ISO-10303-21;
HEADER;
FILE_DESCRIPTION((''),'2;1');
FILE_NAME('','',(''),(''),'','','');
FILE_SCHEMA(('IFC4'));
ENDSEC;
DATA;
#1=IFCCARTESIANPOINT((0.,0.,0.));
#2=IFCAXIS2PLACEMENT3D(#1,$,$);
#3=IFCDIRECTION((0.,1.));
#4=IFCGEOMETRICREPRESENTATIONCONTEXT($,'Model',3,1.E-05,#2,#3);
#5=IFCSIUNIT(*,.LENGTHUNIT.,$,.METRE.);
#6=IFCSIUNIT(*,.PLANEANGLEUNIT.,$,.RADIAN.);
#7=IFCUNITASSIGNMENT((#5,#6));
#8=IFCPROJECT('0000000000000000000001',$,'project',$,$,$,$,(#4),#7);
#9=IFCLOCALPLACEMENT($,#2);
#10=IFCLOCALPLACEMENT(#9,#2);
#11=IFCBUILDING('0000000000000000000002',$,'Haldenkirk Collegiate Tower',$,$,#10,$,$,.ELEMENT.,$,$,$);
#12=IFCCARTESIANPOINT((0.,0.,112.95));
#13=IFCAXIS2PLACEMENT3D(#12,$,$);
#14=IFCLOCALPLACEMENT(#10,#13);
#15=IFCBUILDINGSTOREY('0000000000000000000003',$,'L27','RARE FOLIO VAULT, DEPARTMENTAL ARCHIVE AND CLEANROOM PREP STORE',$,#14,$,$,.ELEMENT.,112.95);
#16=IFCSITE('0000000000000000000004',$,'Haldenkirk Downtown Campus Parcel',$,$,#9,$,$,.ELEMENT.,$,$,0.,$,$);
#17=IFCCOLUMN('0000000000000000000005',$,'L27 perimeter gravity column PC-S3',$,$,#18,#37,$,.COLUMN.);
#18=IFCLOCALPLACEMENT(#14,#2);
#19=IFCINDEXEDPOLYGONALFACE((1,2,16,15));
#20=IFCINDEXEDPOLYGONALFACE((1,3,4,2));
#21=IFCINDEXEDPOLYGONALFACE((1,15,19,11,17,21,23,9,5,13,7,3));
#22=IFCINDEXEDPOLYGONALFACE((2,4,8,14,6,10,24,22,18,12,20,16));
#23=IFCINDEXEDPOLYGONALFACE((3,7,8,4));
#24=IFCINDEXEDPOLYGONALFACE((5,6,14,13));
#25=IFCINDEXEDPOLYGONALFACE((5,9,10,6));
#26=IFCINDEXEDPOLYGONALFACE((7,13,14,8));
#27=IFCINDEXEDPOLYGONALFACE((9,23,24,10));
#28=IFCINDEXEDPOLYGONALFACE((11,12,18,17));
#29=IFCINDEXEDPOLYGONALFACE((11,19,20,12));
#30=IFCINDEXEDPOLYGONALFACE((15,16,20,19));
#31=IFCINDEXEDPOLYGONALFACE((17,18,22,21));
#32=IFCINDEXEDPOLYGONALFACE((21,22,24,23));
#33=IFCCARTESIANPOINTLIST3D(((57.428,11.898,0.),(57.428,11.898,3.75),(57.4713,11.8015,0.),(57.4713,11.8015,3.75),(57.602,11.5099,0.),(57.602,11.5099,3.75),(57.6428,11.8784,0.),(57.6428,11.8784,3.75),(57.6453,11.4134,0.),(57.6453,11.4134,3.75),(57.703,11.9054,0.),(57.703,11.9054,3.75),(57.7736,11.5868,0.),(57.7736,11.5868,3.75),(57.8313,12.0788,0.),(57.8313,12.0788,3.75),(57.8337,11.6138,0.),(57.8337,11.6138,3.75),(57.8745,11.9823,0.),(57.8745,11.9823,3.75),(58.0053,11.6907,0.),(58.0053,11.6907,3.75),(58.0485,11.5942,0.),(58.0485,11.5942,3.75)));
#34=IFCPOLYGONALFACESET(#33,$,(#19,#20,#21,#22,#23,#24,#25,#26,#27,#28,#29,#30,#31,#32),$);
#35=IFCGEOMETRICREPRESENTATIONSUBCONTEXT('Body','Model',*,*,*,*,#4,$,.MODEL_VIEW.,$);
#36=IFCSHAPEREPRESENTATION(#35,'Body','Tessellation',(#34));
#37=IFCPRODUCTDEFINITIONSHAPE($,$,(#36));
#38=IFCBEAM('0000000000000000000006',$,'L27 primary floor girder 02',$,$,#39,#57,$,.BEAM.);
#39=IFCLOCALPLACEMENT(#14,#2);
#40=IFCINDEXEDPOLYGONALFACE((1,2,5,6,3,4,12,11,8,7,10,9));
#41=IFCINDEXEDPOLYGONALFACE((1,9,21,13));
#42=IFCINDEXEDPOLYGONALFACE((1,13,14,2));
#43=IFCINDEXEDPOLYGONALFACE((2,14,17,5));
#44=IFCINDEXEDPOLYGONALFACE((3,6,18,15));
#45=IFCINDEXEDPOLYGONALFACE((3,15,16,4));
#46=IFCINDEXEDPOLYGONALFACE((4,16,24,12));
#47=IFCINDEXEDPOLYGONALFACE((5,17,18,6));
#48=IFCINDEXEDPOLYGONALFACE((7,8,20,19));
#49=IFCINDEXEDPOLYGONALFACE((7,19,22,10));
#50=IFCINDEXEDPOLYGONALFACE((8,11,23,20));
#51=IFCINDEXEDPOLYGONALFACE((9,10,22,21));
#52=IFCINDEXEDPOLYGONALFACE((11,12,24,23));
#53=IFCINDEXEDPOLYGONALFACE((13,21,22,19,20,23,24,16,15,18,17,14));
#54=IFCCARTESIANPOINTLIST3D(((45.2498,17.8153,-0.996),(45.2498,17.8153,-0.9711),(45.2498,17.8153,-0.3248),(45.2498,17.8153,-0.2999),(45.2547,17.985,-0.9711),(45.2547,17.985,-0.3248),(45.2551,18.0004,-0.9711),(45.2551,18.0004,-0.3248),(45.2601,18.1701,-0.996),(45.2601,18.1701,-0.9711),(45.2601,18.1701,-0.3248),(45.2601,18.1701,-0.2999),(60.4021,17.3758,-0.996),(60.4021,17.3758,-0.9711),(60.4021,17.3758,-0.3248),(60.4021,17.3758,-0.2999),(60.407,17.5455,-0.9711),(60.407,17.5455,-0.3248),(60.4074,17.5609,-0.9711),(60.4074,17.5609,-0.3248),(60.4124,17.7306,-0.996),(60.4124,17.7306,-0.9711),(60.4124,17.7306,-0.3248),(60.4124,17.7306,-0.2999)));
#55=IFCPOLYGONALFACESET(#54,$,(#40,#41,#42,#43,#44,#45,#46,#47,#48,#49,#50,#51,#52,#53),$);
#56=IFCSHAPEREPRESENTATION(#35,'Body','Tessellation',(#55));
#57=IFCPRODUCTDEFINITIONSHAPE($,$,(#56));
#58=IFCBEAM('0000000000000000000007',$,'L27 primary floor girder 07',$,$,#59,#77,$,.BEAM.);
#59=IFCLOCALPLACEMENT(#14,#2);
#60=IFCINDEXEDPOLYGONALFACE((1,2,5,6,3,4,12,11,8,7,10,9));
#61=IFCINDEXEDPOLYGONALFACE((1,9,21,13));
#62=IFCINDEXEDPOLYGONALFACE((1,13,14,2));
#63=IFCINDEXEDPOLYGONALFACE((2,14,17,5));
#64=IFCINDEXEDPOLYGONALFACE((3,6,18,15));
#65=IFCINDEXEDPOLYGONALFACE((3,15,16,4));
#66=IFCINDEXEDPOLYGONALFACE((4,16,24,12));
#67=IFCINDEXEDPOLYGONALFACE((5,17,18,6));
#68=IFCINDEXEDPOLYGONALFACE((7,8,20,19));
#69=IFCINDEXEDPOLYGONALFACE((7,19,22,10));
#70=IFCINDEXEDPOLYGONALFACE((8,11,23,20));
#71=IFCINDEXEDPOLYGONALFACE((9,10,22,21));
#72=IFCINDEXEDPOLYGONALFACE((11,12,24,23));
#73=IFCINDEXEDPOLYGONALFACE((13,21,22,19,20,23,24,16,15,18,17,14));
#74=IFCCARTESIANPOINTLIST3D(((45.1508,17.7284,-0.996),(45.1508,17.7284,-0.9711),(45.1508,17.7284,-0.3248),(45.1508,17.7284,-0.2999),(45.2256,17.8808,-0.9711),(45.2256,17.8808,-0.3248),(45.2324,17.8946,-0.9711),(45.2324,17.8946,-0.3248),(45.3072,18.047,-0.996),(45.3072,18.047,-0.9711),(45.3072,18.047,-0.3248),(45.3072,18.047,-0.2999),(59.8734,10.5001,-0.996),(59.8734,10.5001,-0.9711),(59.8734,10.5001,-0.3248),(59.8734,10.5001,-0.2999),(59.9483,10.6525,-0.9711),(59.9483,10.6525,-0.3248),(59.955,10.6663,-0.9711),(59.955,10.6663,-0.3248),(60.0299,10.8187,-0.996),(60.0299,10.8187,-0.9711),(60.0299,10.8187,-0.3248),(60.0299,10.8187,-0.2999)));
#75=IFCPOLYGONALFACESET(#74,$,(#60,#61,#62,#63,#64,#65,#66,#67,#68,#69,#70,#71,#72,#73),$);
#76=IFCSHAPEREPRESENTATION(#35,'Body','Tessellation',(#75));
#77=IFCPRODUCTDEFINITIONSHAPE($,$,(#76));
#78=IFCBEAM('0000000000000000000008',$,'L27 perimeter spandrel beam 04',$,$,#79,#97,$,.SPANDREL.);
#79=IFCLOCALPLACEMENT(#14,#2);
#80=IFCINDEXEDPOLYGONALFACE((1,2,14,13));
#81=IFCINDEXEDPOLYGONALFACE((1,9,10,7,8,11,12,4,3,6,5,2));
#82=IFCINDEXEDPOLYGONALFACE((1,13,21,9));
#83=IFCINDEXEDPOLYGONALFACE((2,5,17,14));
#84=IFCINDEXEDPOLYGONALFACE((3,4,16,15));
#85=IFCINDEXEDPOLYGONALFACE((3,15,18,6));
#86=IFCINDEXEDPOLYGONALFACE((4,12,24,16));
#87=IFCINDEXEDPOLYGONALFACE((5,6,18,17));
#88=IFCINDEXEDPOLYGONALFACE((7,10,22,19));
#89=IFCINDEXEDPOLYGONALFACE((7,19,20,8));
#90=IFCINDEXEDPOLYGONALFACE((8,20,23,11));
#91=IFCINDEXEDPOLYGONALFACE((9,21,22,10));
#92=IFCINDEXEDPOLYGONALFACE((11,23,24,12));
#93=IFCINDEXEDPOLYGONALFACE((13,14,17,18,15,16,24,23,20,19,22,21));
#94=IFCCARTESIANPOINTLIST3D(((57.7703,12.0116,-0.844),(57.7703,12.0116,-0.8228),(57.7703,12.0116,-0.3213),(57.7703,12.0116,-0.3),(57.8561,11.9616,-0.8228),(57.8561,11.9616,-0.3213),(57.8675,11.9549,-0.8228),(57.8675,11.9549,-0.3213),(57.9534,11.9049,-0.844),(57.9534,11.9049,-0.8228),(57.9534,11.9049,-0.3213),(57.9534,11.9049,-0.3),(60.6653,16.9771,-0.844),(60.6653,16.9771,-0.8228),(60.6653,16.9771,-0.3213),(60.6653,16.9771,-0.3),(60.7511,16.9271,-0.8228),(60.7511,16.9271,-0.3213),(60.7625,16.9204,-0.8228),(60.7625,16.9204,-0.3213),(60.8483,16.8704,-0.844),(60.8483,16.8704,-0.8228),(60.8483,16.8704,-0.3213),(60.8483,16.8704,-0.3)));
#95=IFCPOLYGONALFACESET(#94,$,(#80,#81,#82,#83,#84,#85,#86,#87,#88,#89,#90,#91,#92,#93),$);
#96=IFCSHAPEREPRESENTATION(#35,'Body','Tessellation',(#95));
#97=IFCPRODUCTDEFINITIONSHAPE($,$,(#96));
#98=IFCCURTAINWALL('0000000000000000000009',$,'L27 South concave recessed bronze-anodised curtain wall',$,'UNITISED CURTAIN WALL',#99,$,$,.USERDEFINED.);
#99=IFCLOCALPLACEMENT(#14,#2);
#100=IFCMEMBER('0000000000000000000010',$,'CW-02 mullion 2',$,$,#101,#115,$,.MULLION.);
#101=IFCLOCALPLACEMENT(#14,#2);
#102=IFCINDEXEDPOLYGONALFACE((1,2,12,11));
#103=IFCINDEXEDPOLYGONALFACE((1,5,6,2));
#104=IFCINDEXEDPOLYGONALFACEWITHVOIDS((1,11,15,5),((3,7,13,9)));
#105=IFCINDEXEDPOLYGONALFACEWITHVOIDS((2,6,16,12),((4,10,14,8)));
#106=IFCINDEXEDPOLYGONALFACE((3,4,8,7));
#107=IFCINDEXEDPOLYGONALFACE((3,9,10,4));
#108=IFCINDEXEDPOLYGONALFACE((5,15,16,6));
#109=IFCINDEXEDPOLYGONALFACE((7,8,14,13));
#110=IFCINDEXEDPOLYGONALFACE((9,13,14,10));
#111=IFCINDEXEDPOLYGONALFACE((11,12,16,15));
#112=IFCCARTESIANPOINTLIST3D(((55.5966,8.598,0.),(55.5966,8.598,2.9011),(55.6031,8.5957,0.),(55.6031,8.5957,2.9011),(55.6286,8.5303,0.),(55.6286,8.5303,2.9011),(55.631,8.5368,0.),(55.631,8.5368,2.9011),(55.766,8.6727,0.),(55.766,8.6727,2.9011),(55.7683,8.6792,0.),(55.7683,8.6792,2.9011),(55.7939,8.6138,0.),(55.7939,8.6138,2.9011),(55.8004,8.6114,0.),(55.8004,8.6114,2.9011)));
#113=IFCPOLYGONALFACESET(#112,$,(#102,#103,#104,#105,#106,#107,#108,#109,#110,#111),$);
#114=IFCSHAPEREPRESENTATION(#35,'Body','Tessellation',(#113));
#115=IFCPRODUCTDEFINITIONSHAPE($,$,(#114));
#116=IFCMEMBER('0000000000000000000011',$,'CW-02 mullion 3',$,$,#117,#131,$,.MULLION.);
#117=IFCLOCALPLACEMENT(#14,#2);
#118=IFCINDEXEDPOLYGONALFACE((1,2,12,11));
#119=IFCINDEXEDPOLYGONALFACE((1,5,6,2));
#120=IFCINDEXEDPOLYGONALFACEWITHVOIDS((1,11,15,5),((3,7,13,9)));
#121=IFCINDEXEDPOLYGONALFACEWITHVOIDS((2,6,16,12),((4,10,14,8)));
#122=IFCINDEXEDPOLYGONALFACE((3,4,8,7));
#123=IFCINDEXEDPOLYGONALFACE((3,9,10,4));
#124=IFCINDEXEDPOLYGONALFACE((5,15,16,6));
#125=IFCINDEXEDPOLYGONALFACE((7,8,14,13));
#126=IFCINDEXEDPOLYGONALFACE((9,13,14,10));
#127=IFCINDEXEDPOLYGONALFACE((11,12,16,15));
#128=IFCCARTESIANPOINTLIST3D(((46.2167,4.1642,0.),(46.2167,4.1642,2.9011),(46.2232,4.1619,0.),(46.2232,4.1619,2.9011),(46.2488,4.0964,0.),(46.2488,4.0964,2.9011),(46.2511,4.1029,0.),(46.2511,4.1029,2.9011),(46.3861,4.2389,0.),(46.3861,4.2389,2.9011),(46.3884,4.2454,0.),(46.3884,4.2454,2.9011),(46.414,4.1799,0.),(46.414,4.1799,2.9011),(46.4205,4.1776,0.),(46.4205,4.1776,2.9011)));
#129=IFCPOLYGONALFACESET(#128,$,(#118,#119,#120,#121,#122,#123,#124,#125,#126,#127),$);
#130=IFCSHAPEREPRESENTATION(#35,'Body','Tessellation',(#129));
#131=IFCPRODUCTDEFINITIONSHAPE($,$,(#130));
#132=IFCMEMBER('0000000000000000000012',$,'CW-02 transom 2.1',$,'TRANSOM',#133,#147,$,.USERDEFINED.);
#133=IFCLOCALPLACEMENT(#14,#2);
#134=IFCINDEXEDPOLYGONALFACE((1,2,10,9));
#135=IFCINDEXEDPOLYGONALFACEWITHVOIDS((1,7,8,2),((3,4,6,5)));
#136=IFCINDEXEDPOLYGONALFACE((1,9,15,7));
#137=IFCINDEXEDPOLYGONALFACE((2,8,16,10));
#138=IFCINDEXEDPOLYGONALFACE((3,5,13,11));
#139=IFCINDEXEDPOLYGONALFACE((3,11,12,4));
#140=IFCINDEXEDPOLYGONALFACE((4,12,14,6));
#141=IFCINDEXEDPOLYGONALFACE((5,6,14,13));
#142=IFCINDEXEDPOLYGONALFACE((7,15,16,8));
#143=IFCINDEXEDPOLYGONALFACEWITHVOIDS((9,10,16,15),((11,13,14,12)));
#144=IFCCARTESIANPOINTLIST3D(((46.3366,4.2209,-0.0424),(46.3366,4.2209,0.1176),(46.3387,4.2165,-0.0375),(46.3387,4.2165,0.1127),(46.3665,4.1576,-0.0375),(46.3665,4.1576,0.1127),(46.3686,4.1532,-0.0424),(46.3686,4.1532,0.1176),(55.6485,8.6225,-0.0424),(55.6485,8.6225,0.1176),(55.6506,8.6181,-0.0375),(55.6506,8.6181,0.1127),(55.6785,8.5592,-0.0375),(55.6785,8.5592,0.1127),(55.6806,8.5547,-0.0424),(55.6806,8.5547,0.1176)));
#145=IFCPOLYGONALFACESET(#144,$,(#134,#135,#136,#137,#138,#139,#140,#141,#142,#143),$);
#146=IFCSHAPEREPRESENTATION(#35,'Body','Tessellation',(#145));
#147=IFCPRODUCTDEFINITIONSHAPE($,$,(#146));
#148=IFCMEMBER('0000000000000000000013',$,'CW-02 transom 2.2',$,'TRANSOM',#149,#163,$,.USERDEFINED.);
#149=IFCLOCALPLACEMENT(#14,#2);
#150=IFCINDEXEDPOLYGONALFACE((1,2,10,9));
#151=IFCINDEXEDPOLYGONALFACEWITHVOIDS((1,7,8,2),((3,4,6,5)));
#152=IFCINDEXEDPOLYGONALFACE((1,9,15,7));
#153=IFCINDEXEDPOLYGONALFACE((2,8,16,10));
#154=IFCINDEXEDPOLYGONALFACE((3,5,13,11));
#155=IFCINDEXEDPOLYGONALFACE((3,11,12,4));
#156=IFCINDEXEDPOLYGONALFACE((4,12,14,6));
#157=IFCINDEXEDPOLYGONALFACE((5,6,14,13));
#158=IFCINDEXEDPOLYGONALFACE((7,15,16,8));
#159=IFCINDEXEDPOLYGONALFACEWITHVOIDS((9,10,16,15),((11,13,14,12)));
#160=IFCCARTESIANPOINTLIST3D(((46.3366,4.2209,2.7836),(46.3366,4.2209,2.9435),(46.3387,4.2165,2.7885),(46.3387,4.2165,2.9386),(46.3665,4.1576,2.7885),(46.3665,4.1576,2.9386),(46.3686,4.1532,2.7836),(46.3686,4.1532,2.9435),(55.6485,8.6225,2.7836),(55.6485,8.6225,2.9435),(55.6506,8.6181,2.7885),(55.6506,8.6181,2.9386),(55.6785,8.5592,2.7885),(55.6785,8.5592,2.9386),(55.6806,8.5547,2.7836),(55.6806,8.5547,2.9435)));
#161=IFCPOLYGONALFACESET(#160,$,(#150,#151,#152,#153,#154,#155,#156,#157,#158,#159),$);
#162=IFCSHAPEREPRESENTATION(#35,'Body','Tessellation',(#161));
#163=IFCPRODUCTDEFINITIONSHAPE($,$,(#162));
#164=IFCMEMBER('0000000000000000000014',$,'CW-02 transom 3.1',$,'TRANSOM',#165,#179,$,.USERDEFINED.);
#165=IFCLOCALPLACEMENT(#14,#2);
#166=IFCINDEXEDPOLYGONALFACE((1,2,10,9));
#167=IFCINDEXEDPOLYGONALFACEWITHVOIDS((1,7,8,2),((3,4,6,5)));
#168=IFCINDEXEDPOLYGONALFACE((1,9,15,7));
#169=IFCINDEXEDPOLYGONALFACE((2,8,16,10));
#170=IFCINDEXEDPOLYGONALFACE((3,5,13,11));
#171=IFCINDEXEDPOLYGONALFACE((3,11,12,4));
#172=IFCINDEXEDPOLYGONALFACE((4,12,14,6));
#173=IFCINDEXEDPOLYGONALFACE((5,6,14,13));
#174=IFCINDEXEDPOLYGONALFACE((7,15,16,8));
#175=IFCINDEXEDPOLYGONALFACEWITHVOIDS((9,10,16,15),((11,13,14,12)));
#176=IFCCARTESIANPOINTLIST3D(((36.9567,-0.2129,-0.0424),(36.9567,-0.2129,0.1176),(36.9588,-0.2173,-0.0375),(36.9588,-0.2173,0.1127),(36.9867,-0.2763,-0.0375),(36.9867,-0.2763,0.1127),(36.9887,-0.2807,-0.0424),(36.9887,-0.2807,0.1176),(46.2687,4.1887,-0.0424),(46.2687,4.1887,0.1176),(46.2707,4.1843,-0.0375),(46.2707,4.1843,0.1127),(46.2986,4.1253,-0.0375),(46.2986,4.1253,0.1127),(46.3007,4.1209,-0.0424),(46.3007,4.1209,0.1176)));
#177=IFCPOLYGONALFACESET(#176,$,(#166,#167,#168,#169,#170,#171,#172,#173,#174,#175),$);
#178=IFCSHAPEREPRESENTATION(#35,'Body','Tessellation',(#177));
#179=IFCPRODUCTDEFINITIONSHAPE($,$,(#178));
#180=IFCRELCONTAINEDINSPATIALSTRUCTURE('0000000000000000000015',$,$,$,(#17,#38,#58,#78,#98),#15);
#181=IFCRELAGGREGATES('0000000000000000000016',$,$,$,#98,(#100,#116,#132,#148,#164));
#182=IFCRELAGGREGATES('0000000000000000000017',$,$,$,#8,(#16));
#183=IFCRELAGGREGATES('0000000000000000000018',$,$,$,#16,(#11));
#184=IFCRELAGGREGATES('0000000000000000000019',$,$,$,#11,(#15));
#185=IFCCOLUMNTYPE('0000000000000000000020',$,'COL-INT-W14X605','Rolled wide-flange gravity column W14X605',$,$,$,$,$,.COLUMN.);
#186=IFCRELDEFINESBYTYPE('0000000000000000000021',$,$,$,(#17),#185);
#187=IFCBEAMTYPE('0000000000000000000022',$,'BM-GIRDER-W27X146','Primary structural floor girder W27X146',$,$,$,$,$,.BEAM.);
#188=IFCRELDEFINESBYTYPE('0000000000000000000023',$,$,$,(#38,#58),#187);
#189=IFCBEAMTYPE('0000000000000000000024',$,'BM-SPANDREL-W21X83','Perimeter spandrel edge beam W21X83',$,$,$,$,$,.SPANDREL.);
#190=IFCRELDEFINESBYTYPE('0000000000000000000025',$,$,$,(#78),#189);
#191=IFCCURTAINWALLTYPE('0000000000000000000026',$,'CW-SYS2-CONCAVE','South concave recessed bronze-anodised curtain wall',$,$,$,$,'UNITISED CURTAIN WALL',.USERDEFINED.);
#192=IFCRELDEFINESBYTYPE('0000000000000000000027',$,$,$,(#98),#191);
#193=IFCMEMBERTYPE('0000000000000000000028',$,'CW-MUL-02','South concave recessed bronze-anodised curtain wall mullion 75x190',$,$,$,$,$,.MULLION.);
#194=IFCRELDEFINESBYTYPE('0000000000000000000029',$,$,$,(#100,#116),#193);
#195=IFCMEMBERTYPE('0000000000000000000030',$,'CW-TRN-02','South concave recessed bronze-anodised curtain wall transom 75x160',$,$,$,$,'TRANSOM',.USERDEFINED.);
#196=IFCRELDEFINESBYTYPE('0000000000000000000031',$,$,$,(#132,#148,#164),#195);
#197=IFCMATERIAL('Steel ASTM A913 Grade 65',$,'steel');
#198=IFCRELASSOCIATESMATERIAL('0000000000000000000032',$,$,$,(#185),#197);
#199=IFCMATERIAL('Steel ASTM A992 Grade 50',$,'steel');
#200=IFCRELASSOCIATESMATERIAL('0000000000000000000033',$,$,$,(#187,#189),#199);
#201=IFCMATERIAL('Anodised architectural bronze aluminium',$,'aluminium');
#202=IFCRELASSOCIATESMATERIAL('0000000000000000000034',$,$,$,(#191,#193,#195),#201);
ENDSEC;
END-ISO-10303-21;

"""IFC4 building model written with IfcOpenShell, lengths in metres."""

from ifc_helpers import new_model, si_unit, direction, frame, origin, origin_2d, place, context, subcontext, project, spatial, hollow_rectangle, i_section, extrude, material, material_profile, profile_set, type_object, element, aggregate, save


model = new_model("IFC4")

# Units and contexts
model_context = context("Model", 3, precision=1e-05, world=origin(), true_north=direction((0.0, 1.0)))
body_context = subcontext(model_context, "Body", "Model", "MODEL_VIEW")
ifc_project = project(units=[si_unit("LENGTHUNIT", "METRE"), si_unit("PLANEANGLEUNIT", "RADIAN")], contexts=[model_context])

# Site, building, storey
site_placement = place(None, origin())
site = spatial("IfcSite", under=ifc_project, at=site_placement, Name="Haldenkirk Downtown Campus Parcel", CompositionType="ELEMENT", RefElevation=0.0)
building_placement = place(site_placement, origin())
building = spatial("IfcBuilding", under=site, at=building_placement, Name="Haldenkirk Collegiate Tower", CompositionType="ELEMENT")
storey_placement = place(building_placement, frame((0.0, 0.0, 112.95)))
storey = spatial("IfcBuildingStorey", under=building, at=storey_placement, Name="L27", Description="RARE FOLIO VAULT, DEPARTMENTAL ARCHIVE AND CLEANROOM PREP STORE", CompositionType="ELEMENT", Elevation=112.95)

# Column
ifc_material_1 = material(Name="Steel ASTM A913 Grade 65", Category="steel")
ifc_material_profile_1 = material_profile(ifc_material_1, i_section(OverallWidth=0.4419, OverallDepth=0.531, WebThickness=0.0659, FlangeThickness=0.1057, at=origin_2d()), Name="W14X605")
ifc_profile_set_1 = profile_set([ifc_material_profile_1], Name="Steel ASTM A913 Grade 65")
column_type = type_object("IfcColumnType", Name="COL-INT-W14X605", Description="Rolled wide-flange gravity column W14X605", PredefinedType="COLUMN", material=ifc_profile_set_1)
column_placement = place(storey_placement, frame((57.7383, 11.7461, 0.0), z_axis=(0.0, 0.0, 1.0), x_axis=(0.912477, 0.409127, 0.0)))
element("IfcColumn", 1, at=column_placement, inside=storey, type_object=column_type, Name="L27 perimeter gravity column PC-S3", PredefinedType="COLUMN", context=body_context, shape_type="SweptSolid", body=[
    extrude(i_section(OverallWidth=0.4419, OverallDepth=0.531, WebThickness=0.0659, FlangeThickness=0.1057, at=origin_2d()), origin(), (0.0, 0.0, 1.0), 3.75),
])

# Beams
ifc_material_2 = material(Name="Steel ASTM A992 Grade 50", Category="steel")
ifc_material_profile_2 = material_profile(ifc_material_2, i_section(OverallWidth=0.355, OverallDepth=0.696, WebThickness=0.0154, FlangeThickness=0.0249, at=origin_2d()), Name="W27X146")
ifc_profile_set_2 = profile_set([ifc_material_profile_2], Name="Steel ASTM A992 Grade 50")
beam_type_1 = type_object("IfcBeamType", Name="BM-GIRDER-W27X146", Description="Primary structural floor girder W27X146", PredefinedType="BEAM", material=ifc_profile_set_2)
beam_1_placement = place(storey_placement, frame((60.4072, 17.5532, -0.6479), z_axis=(-0.99958, 0.02899, 0.0), x_axis=(-0.02899, -0.99958, 0.0)))
element("IfcBeam", 2, at=beam_1_placement, inside=storey, type_object=beam_type_1, Name="L27 primary floor girder 02", PredefinedType="BEAM", context=body_context, shape_type="SweptSolid", body=[
    extrude(i_section(OverallWidth=0.355, OverallDepth=0.696, WebThickness=0.0154, FlangeThickness=0.0249, at=origin_2d()), origin(), (0.0, 0.0, 1.0), 15.1587),
])
beam_2_placement = place(storey_placement, frame((59.9517, 10.6594, -0.6479), z_axis=(-0.897649, 0.440712, 0.0), x_axis=(-0.440712, -0.897649, 0.0)))
element("IfcBeam", 3, at=beam_2_placement, inside=storey, type_object=beam_type_1, Name="L27 primary floor girder 07", PredefinedType="BEAM", context=body_context, shape_type="SweptSolid", body=[
    extrude(i_section(OverallWidth=0.355, OverallDepth=0.696, WebThickness=0.0154, FlangeThickness=0.0249, at=origin_2d()), origin(), (0.0, 0.0, 1.0), 16.4014),
])
ifc_material_profile_3 = material_profile(ifc_material_2, i_section(OverallWidth=0.2119, OverallDepth=0.5439, WebThickness=0.0132, FlangeThickness=0.0212, at=origin_2d()), Name="W21X83")
ifc_profile_set_3 = profile_set([ifc_material_profile_3], Name="Steel ASTM A992 Grade 50")
beam_type_2 = type_object("IfcBeamType", Name="BM-SPANDREL-W21X83", Description="Perimeter spandrel edge beam W21X83", PredefinedType="SPANDREL", material=ifc_profile_set_3)
beam_3_placement = place(storey_placement, frame((57.8618, 11.9583, -0.572), z_axis=(0.503668, 0.863897, 0.0), x_axis=(-0.863897, 0.503668, 0.0)))
element("IfcBeam", 4, at=beam_3_placement, inside=storey, type_object=beam_type_2, Name="L27 perimeter spandrel beam 04", PredefinedType="SPANDREL", context=body_context, shape_type="SweptSolid", body=[
    extrude(i_section(OverallWidth=0.2119, OverallDepth=0.5439, WebThickness=0.0132, FlangeThickness=0.0212, at=origin_2d()), origin(), (0.0, 0.0, 1.0), 5.7478),
])

# Curtain wall, members
ifc_material_3 = material(Name="Anodised architectural bronze aluminium", Category="aluminium")
curtain_wall_type = type_object("IfcCurtainWallType", Name="CW-SYS2-CONCAVE", Description="South concave recessed bronze-anodised curtain wall", ElementType="UNITISED CURTAIN WALL", PredefinedType="USERDEFINED", material=ifc_material_3)
curtain_wall_placement = place(storey_placement, origin())
curtain_wall = element("IfcCurtainWall", 5, at=curtain_wall_placement, inside=storey, type_object=curtain_wall_type, Name="L27 South concave recessed bronze-anodised curtain wall", ObjectType="UNITISED CURTAIN WALL", PredefinedType="USERDEFINED")
ifc_material_profile_4 = material_profile(ifc_material_3, hollow_rectangle(XDim=0.075, YDim=0.1899, WallThickness=0.0049, at=origin_2d()), Name="CW-MUL-02")
ifc_profile_set_4 = profile_set([ifc_material_profile_4], Name="Anodised architectural bronze aluminium")
member_type_1 = type_object("IfcMemberType", Name="CW-MUL-02", Description="South concave recessed bronze-anodised curtain wall mullion 75x190", PredefinedType="MULLION", material=ifc_profile_set_4)
member_1_placement = place(storey_placement, frame((55.6985, 8.6047, 0.0), z_axis=(0.0, 0.0, 1.0), x_axis=(0.427359, -0.904082, 0.0)))
member_1 = element("IfcMember", 6, at=member_1_placement, type_object=member_type_1, Name="CW-02 mullion 2", PredefinedType="MULLION", context=body_context, shape_type="SweptSolid", body=[
    extrude(hollow_rectangle(XDim=0.075, YDim=0.1899, WallThickness=0.0049, at=origin_2d()), origin(), (0.0, 0.0, 1.0), 2.9011),
])
member_2_placement = place(storey_placement, frame((46.3186, 4.1709, 0.0), z_axis=(0.0, 0.0, 1.0), x_axis=(0.427359, -0.904082, 0.0)))
member_2 = element("IfcMember", 7, at=member_2_placement, type_object=member_type_1, Name="CW-02 mullion 3", PredefinedType="MULLION", context=body_context, shape_type="SweptSolid", body=[
    extrude(hollow_rectangle(XDim=0.075, YDim=0.1899, WallThickness=0.0049, at=origin_2d()), origin(), (0.0, 0.0, 1.0), 2.9011),
])
ifc_material_profile_5 = material_profile(ifc_material_3, hollow_rectangle(XDim=0.075, YDim=0.1599, WallThickness=0.0049, at=origin_2d()), Name="CW-TRN-02")
ifc_profile_set_5 = profile_set([ifc_material_profile_5], Name="Anodised architectural bronze aluminium")
member_type_2 = type_object("IfcMemberType", Name="CW-TRN-02", Description="South concave recessed bronze-anodised curtain wall transom 75x160", ElementType="TRANSOM", PredefinedType="USERDEFINED", material=ifc_profile_set_5)
member_3_placement = place(storey_placement, frame((55.6646, 8.5886, 0.0376), z_axis=(-0.904088, -0.427345, 0.0), x_axis=(0.427345, -0.904088, 0.0)))
member_3 = element("IfcMember", 8, at=member_3_placement, type_object=member_type_2, Name="CW-02 transom 2.1", ObjectType="TRANSOM", PredefinedType="USERDEFINED", context=body_context, shape_type="SweptSolid", body=[
    extrude(hollow_rectangle(XDim=0.075, YDim=0.1599, WallThickness=0.0049, at=origin_2d()), origin(), (0.0, 0.0, 1.0), 10.2998),
])
member_4_placement = place(storey_placement, frame((55.6646, 8.5886, 2.8635), z_axis=(-0.904088, -0.427345, 0.0), x_axis=(0.427345, -0.904088, 0.0)))
member_4 = element("IfcMember", 9, at=member_4_placement, type_object=member_type_2, Name="CW-02 transom 2.2", ObjectType="TRANSOM", PredefinedType="USERDEFINED", context=body_context, shape_type="SweptSolid", body=[
    extrude(hollow_rectangle(XDim=0.075, YDim=0.1599, WallThickness=0.0049, at=origin_2d()), origin(), (0.0, 0.0, 1.0), 10.2998),
])
member_5_placement = place(storey_placement, frame((46.2847, 4.1548, 0.0376), z_axis=(-0.904088, -0.427345, 0.0), x_axis=(0.427345, -0.904088, 0.0)))
member_5 = element("IfcMember", 10, at=member_5_placement, type_object=member_type_2, Name="CW-02 transom 3.1", ObjectType="TRANSOM", PredefinedType="USERDEFINED", context=body_context, shape_type="SweptSolid", body=[
    extrude(hollow_rectangle(XDim=0.075, YDim=0.1599, WallThickness=0.0049, at=origin_2d()), origin(), (0.0, 0.0, 1.0), 10.2998),
])
aggregate(curtain_wall, [member_1, member_2, member_3, member_4, member_5])

save(model, "model.ifc")
